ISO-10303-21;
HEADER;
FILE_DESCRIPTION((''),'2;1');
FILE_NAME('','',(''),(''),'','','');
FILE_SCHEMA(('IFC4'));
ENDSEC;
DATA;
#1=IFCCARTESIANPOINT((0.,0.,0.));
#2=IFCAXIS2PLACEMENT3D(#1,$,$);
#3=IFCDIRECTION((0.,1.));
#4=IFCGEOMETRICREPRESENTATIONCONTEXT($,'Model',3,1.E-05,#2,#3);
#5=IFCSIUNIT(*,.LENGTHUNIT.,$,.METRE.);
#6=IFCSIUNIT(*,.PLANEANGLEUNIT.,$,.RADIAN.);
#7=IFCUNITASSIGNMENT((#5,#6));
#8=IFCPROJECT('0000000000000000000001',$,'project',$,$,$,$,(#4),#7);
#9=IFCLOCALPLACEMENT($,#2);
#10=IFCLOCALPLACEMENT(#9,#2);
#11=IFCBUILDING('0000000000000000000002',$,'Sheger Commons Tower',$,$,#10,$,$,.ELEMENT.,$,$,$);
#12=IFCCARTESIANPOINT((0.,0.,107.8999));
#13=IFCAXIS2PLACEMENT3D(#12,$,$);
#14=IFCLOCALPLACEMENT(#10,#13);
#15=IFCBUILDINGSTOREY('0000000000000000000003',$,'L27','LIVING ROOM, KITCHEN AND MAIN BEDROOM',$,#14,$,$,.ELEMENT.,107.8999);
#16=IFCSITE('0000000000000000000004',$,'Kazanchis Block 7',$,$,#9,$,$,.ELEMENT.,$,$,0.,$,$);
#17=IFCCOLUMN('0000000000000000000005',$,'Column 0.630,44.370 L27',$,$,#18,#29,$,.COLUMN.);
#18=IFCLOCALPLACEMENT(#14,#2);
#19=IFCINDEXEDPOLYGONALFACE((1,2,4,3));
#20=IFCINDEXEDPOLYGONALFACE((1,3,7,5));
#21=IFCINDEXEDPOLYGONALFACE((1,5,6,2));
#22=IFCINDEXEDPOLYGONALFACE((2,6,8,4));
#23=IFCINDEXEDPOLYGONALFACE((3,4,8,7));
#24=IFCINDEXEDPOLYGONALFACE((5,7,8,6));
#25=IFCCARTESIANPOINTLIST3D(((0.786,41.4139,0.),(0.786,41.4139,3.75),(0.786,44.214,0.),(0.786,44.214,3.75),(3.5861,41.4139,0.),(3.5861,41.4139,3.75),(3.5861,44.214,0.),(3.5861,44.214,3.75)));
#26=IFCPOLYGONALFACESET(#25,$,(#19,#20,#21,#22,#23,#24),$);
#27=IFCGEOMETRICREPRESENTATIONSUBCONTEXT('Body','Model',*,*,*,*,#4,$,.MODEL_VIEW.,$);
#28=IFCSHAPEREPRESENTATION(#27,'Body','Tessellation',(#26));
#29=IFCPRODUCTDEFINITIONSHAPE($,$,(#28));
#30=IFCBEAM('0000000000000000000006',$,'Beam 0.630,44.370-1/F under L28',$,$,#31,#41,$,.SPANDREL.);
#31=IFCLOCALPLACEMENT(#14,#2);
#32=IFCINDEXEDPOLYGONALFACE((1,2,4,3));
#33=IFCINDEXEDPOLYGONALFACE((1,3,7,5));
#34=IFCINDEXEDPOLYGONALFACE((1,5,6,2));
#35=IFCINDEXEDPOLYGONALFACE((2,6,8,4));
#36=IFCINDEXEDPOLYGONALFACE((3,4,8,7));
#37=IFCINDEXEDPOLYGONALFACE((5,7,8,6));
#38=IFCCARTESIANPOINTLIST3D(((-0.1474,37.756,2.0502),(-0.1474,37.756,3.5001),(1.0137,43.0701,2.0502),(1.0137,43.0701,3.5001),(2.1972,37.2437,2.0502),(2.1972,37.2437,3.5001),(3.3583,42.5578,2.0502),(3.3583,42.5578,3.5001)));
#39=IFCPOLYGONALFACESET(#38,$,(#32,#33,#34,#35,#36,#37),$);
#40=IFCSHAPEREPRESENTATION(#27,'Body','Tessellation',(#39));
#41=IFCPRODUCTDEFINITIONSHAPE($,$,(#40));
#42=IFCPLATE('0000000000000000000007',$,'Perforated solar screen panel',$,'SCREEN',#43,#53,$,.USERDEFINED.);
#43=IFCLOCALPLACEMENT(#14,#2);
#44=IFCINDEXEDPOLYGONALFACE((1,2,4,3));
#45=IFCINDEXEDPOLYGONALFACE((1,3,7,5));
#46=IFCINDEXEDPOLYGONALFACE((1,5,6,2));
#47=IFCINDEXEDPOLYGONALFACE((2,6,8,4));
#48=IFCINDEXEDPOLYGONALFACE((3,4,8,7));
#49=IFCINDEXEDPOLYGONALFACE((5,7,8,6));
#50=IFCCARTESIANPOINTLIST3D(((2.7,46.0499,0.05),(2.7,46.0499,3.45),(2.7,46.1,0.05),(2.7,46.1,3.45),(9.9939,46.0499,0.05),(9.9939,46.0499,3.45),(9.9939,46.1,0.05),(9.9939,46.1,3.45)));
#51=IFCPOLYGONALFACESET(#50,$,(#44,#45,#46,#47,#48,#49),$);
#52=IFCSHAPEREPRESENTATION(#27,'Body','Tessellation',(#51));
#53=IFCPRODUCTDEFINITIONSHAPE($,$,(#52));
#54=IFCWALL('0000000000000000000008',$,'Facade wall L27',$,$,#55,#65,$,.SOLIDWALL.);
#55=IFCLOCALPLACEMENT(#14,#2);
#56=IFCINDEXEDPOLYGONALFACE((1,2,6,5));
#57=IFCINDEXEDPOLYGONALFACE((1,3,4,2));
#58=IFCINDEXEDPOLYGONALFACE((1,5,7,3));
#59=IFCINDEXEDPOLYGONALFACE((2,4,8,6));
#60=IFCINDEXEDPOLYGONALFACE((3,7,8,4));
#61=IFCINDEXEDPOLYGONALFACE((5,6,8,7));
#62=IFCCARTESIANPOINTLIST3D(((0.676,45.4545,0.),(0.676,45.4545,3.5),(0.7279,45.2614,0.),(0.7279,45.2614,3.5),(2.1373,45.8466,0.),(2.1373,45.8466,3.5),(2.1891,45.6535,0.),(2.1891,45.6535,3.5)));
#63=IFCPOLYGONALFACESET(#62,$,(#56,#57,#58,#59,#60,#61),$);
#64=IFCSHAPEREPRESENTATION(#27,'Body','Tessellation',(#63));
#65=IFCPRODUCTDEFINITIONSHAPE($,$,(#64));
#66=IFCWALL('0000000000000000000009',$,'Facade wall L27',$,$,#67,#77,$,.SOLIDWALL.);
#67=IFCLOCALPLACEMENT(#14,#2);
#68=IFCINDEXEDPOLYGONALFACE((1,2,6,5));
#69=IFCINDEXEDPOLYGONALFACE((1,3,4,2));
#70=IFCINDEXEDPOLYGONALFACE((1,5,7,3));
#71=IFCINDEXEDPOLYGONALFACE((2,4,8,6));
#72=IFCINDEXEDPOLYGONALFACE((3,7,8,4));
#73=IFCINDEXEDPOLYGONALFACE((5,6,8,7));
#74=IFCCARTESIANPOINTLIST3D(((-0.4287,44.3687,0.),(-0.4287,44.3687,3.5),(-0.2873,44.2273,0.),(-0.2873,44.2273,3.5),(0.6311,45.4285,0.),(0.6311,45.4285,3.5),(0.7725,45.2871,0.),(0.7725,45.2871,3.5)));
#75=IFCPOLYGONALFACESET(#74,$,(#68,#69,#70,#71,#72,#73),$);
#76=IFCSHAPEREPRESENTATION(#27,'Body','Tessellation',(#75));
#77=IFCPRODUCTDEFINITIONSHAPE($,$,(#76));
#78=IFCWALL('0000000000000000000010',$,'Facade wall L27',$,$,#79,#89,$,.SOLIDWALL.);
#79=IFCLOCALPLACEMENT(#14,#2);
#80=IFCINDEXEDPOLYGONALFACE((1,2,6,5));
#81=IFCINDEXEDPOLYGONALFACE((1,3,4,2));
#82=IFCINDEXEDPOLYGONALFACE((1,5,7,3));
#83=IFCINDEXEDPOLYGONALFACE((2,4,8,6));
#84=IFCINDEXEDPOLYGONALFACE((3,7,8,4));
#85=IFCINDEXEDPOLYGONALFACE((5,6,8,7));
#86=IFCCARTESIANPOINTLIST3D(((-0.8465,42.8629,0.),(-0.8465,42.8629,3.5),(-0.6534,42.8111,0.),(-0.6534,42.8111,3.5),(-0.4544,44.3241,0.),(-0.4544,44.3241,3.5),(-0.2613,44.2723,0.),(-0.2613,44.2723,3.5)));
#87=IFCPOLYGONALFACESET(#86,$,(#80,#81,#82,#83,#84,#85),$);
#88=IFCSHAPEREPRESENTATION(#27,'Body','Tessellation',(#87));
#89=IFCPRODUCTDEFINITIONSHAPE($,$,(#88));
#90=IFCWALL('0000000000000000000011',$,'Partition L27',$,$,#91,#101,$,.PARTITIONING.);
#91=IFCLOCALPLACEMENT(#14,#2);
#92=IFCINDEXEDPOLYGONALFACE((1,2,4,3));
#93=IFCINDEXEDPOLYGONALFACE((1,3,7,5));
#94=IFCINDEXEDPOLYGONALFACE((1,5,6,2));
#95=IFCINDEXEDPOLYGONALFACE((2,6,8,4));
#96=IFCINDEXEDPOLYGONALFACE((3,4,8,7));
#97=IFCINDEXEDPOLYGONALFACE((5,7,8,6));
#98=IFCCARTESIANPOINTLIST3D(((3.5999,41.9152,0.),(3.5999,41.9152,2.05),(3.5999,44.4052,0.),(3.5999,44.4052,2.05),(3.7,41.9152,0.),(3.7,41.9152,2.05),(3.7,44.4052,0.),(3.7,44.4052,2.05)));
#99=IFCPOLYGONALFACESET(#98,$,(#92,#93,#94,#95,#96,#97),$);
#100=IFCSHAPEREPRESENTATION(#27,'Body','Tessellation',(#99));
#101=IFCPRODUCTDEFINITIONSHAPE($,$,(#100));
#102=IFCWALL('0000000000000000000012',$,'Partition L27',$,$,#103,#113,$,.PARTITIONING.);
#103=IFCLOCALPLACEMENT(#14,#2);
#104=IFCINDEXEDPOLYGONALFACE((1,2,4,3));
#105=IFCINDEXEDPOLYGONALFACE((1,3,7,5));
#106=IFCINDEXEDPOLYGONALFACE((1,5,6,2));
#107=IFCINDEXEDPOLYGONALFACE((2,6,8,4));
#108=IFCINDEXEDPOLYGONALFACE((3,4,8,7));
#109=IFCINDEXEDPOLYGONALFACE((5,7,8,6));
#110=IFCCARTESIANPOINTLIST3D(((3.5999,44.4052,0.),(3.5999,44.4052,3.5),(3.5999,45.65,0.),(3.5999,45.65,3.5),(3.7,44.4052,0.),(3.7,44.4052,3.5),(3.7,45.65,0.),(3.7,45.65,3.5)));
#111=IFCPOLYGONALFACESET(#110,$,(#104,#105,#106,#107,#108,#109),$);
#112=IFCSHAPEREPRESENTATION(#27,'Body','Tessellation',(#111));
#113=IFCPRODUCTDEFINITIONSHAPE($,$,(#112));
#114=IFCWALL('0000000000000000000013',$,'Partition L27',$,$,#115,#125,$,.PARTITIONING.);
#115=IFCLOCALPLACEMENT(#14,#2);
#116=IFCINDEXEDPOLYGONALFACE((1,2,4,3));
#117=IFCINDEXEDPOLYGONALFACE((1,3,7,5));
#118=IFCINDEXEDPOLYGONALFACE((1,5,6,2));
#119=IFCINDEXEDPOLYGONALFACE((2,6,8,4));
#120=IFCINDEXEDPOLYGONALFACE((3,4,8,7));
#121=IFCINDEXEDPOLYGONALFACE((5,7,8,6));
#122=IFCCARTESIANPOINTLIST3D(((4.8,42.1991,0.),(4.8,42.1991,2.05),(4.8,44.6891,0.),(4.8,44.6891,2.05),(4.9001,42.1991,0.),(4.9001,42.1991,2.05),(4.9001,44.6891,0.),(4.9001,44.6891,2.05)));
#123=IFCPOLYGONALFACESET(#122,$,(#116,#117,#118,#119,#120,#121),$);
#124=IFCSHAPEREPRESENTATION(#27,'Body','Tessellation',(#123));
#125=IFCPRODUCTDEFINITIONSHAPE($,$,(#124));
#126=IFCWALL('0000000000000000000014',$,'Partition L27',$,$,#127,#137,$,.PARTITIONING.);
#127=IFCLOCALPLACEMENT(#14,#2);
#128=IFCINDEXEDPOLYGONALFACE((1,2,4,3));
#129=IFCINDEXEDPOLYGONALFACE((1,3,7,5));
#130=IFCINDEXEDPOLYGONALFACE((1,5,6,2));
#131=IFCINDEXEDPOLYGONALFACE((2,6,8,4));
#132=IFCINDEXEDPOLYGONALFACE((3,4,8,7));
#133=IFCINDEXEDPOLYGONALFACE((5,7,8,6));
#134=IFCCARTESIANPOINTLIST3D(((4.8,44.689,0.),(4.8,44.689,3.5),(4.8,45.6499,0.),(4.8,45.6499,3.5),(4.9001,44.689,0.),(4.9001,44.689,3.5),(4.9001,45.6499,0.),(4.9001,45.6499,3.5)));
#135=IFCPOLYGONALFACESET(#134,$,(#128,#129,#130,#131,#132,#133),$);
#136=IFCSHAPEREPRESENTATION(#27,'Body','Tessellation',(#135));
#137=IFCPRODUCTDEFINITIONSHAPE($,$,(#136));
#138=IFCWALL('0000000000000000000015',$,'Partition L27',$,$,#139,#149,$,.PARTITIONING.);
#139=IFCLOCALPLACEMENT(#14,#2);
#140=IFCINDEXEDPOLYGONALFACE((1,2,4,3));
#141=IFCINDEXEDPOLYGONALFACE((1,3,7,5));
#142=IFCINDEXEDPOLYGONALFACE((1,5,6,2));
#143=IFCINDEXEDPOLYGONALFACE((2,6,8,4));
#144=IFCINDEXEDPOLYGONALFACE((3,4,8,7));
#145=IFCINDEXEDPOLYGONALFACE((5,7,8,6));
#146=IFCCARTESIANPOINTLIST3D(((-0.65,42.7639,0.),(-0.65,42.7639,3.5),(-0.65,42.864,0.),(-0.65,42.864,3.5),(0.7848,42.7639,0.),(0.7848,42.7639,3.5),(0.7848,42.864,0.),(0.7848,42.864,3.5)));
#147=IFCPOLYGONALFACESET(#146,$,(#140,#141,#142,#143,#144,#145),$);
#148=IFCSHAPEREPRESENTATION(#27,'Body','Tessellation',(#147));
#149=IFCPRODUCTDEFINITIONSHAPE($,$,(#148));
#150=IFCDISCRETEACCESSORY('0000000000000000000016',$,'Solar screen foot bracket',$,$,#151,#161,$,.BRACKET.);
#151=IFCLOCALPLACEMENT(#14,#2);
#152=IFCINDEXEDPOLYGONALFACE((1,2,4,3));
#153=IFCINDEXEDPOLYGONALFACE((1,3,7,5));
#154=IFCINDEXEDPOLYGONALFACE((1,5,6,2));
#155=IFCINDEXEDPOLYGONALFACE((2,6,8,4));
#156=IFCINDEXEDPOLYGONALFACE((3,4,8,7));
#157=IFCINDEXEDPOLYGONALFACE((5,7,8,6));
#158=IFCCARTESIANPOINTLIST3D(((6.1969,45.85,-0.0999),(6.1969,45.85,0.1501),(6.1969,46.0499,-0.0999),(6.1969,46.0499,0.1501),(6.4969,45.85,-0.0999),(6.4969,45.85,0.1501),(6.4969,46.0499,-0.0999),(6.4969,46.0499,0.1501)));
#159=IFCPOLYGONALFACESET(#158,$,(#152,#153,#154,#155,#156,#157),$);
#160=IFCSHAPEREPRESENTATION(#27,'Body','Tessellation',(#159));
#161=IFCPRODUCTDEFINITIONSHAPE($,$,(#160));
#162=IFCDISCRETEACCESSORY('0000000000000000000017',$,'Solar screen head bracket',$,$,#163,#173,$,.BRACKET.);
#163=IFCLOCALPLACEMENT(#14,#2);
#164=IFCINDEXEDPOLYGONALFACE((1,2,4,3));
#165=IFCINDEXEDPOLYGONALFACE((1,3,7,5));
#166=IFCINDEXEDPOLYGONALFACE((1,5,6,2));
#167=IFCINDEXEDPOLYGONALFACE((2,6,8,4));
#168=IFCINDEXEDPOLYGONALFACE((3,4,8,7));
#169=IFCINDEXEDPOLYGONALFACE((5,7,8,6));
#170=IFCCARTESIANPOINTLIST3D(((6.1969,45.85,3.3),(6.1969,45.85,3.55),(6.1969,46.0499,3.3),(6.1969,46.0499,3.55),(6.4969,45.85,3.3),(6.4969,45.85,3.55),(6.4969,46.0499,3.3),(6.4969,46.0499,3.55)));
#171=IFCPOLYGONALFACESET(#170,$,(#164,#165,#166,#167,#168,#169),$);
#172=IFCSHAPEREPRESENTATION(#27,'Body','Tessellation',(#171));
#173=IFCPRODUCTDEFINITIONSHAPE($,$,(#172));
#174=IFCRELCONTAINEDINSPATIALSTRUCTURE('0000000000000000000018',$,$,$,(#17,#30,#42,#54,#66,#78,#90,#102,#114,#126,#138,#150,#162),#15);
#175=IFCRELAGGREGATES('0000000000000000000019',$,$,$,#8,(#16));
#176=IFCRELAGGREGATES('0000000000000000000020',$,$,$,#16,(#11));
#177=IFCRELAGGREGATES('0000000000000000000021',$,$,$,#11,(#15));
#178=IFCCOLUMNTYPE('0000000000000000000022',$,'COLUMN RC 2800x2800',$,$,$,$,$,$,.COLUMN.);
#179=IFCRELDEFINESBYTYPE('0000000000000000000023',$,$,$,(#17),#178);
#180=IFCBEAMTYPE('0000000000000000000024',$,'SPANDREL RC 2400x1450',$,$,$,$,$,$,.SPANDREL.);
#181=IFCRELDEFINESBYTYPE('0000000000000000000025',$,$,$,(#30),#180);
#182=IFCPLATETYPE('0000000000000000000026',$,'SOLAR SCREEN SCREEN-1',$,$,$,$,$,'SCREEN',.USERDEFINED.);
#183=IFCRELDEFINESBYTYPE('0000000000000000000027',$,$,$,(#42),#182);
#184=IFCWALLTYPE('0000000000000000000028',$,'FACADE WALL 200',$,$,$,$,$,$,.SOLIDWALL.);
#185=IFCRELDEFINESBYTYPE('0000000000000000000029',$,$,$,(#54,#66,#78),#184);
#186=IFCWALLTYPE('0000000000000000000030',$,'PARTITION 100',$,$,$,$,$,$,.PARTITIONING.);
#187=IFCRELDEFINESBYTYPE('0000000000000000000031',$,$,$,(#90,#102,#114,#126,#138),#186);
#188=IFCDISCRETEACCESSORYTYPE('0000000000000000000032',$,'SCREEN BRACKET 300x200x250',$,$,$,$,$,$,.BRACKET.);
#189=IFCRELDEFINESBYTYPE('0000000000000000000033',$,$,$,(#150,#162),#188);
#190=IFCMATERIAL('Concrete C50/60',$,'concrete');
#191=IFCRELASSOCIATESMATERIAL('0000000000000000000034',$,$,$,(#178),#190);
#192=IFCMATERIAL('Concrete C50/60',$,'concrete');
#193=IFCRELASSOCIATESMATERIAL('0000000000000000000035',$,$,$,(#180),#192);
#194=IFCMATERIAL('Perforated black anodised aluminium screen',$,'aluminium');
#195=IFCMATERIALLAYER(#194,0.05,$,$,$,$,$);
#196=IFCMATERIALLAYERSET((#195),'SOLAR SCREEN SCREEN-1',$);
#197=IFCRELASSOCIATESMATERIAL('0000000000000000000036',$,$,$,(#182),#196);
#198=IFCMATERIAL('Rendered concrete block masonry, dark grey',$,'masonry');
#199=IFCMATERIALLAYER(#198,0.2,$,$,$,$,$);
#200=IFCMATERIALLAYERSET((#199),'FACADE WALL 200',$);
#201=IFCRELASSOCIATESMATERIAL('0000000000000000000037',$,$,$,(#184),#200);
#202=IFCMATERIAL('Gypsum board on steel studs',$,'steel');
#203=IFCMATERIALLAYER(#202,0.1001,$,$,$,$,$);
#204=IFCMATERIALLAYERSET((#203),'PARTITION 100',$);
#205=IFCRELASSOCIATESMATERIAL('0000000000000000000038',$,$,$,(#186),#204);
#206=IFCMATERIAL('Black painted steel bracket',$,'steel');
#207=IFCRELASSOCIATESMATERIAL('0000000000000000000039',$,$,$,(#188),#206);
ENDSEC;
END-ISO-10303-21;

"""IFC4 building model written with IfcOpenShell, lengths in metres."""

from ifc_helpers import new_model, si_unit, direction, frame, frame_2d, origin, origin_2d, place, context, subcontext, project, spatial, rectangle, extrude, material, layer, layer_set, material_profile, profile_set, type_object, element, save


model = new_model("IFC4")

# Units and contexts
model_context = context("Model", 3, precision=1e-05, world=origin(), true_north=direction((0.0, 1.0)))
body_context = subcontext(model_context, "Body", "Model", "MODEL_VIEW")
ifc_project = project(units=[si_unit("LENGTHUNIT", "METRE"), si_unit("PLANEANGLEUNIT", "RADIAN")], contexts=[model_context])

# Site, building, storey
site_placement = place(None, origin())
site = spatial("IfcSite", under=ifc_project, at=site_placement, Name="Kazanchis Block 7", CompositionType="ELEMENT", RefElevation=0.0)
building_placement = place(site_placement, origin())
building = spatial("IfcBuilding", under=site, at=building_placement, Name="Sheger Commons Tower", CompositionType="ELEMENT")
storey_placement = place(building_placement, frame((0.0, 0.0, 107.8999)))
storey = spatial("IfcBuildingStorey", under=building, at=storey_placement, Name="L27", Description="LIVING ROOM, KITCHEN AND MAIN BEDROOM", CompositionType="ELEMENT", Elevation=107.8999)

# Column
ifc_material_1 = material(Name="Concrete C50/60", Category="concrete")
ifc_material_profile_1 = material_profile(ifc_material_1, rectangle(XDim=2.8, YDim=2.8, at=origin_2d()), Name="RC 2800x2800")
ifc_profile_set_1 = profile_set([ifc_material_profile_1], Name="Concrete C50/60")
column_type = type_object("IfcColumnType", Name="COLUMN RC 2800x2800", PredefinedType="COLUMN", material=ifc_profile_set_1)
column_placement = place(storey_placement, frame((2.186, 42.814, 0.0), z_axis=(0.0, 0.0, 1.0), x_axis=(1.0, 0.0, 0.0)))
element("IfcColumn", 1, at=column_placement, inside=storey, type_object=column_type, Name="Column 0.630,44.370 L27", PredefinedType="COLUMN", context=body_context, shape_type="SweptSolid", body=[
    extrude(rectangle(XDim=2.8, YDim=2.8, at=origin_2d()), origin(), (0.0, 0.0, 1.0), 3.75),
])

# Beam
ifc_material_2 = material(Name="Concrete C50/60", Category="concrete")
ifc_material_profile_2 = material_profile(ifc_material_2, rectangle(XDim=2.3999, YDim=1.45, at=origin_2d()), Name="RC 2400x1450")
ifc_profile_set_2 = profile_set([ifc_material_profile_2], Name="Concrete C50/60")
beam_type = type_object("IfcBeamType", Name="SPANDREL RC 2400x1450", PredefinedType="SPANDREL", material=ifc_profile_set_2)
beam_placement = place(storey_placement, frame((2.186, 42.814, 2.7751), z_axis=(-0.213469, -0.97695, 0.0), x_axis=(0.97695, -0.213469, 0.0)))
element("IfcBeam", 2, at=beam_placement, inside=storey, type_object=beam_type, Name="Beam 0.630,44.370-1/F under L28", PredefinedType="SPANDREL", context=body_context, shape_type="SweptSolid", body=[
    extrude(rectangle(XDim=2.3999, YDim=1.45, at=origin_2d()), origin(), (0.0, 0.0, 1.0), 5.4395),
])

# Plate
ifc_material_3 = material(Name="Perforated black anodised aluminium screen", Category="aluminium")
ifc_layer_1 = layer(ifc_material_3, 0.05)
ifc_layer_set_1 = layer_set([ifc_layer_1], Name="SOLAR SCREEN SCREEN-1")
plate_type = type_object("IfcPlateType", Name="SOLAR SCREEN SCREEN-1", ElementType="SCREEN", PredefinedType="USERDEFINED", material=ifc_layer_set_1)
plate_placement = place(storey_placement, frame((6.3469, 46.075, 0.05), z_axis=(0.0, 0.0, 1.0), x_axis=(-1.0, 0.0, 0.0)))
element("IfcPlate", 3, at=plate_placement, inside=storey, type_object=plate_type, Name="Perforated solar screen panel", ObjectType="SCREEN", PredefinedType="USERDEFINED", context=body_context, shape_type="SweptSolid", body=[
    extrude(rectangle(XDim=7.2939, YDim=0.05, at=origin_2d()), origin(), (0.0, 0.0, 1.0), 3.3999),
])

# Walls
ifc_material_4 = material(Name="Rendered concrete block masonry, dark grey", Category="masonry")
ifc_layer_2 = layer(ifc_material_4, 0.2)
ifc_layer_set_2 = layer_set([ifc_layer_2], Name="FACADE WALL 200")
wall_type_1 = type_object("IfcWallType", Name="FACADE WALL 200", PredefinedType="SOLIDWALL", material=ifc_layer_set_2)
wall_1_placement = place(storey_placement, frame((2.1631, 45.75, 0.0), z_axis=(0.0, 0.0, 1.0), x_axis=(-0.965832, -0.259169, 0.0)))
element("IfcWall", 4, at=wall_1_placement, inside=storey, type_object=wall_type_1, Name="Facade wall L27", PredefinedType="SOLIDWALL", context=body_context, shape_type="SweptSolid", body=[
    extrude(rectangle(XDim=1.5129, YDim=0.2, at=frame_2d((0.7563, 0.0))), origin(), (0.0, 0.0, 1.0), 3.5),
])
wall_2_placement = place(storey_placement, frame((0.7019, 45.3579, 0.0), z_axis=(0.0, 0.0, 1.0), x_axis=(-0.707107, -0.707107, 0.0)))
element("IfcWall", 5, at=wall_2_placement, inside=storey, type_object=wall_type_1, Name="Facade wall L27", PredefinedType="SOLIDWALL", context=body_context, shape_type="SweptSolid", body=[
    extrude(rectangle(XDim=1.4988, YDim=0.2, at=frame_2d((0.7495, 0.0))), origin(), (0.0, 0.0, 1.0), 3.5),
])
wall_3_placement = place(storey_placement, frame((-0.3579, 44.2981, 0.0), z_axis=(0.0, 0.0, 1.0), x_axis=(-0.259169, -0.965832, 0.0)))
element("IfcWall", 6, at=wall_3_placement, inside=storey, type_object=wall_type_1, Name="Facade wall L27", PredefinedType="SOLIDWALL", context=body_context, shape_type="SweptSolid", body=[
    extrude(rectangle(XDim=1.5129, YDim=0.2, at=frame_2d((0.7563, 0.0))), origin(), (0.0, 0.0, 1.0), 3.5),
])

# Walls
ifc_material_5 = material(Name="Gypsum board on steel studs", Category="steel")
ifc_layer_3 = layer(ifc_material_5, 0.1001)
ifc_layer_set_3 = layer_set([ifc_layer_3], Name="PARTITION 100")
wall_type_2 = type_object("IfcWallType", Name="PARTITION 100", PredefinedType="PARTITIONING", material=ifc_layer_set_3)
wall_4_placement = place(storey_placement, frame((3.6499, 41.915, 0.0), z_axis=(0.0, 0.0, 1.0), x_axis=(0.0, 1.0, 0.0)))
element("IfcWall", 7, at=wall_4_placement, inside=storey, type_object=wall_type_2, Name="Partition L27", PredefinedType="PARTITIONING", context=body_context, shape_type="SweptSolid", body=[
    extrude(rectangle(XDim=2.49, YDim=0.1001, at=frame_2d((1.2451, 0.0))), origin(), (0.0, 0.0, 1.0), 2.05),
])
wall_5_placement = place(storey_placement, frame((3.6499, 44.405, 0.0), z_axis=(0.0, 0.0, 1.0), x_axis=(0.0, 1.0, 0.0)))
element("IfcWall", 8, at=wall_5_placement, inside=storey, type_object=wall_type_2, Name="Partition L27", PredefinedType="PARTITIONING", context=body_context, shape_type="SweptSolid", body=[
    extrude(rectangle(XDim=1.2449, YDim=0.1001, at=frame_2d((0.6226, 0.0))), origin(), (0.0, 0.0, 1.0), 3.5),
])
wall_6_placement = place(storey_placement, frame((4.8501, 42.199, 0.0), z_axis=(0.0, 0.0, 1.0), x_axis=(0.0, 1.0, 0.0)))
element("IfcWall", 9, at=wall_6_placement, inside=storey, type_object=wall_type_2, Name="Partition L27", PredefinedType="PARTITIONING", context=body_context, shape_type="SweptSolid", body=[
    extrude(rectangle(XDim=2.49, YDim=0.1001, at=frame_2d((1.2451, 0.0))), origin(), (0.0, 0.0, 1.0), 2.05),
])
wall_7_placement = place(storey_placement, frame((4.8501, 44.689, 0.0), z_axis=(0.0, 0.0, 1.0), x_axis=(0.0, 1.0, 0.0)))
element("IfcWall", 10, at=wall_7_placement, inside=storey, type_object=wall_type_2, Name="Partition L27", PredefinedType="PARTITIONING", context=body_context, shape_type="SweptSolid", body=[
    extrude(rectangle(XDim=0.9609, YDim=0.1001, at=frame_2d((0.4805, 0.0))), origin(), (0.0, 0.0, 1.0), 3.5),
])
wall_8_placement = place(storey_placement, frame((-0.6499, 42.814, 0.0), z_axis=(0.0, 0.0, 1.0), x_axis=(1.0, 0.0, 0.0)))
element("IfcWall", 11, at=wall_8_placement, inside=storey, type_object=wall_type_2, Name="Partition L27", PredefinedType="PARTITIONING", context=body_context, shape_type="SweptSolid", body=[
    extrude(rectangle(XDim=1.4348, YDim=0.1001, at=frame_2d((0.7173, 0.0))), origin(), (0.0, 0.0, 1.0), 3.5),
])

# Discrete accessories
ifc_material_6 = material(Name="Black painted steel bracket", Category="steel")
discrete_accessory_type = type_object("IfcDiscreteAccessoryType", Name="SCREEN BRACKET 300x200x250", PredefinedType="BRACKET", material=ifc_material_6)
for number, where, z_axis, x_axis, name in (
    (12, (6.3469, 45.95, -0.0999), (0.0, 0.0, 1.0), (-1.0, 0.0, 0.0), "Solar screen foot bracket"),
    (13, (6.3469, 45.95, 3.3), (0.0, 0.0, 1.0), (-1.0, 0.0, 0.0), "Solar screen head bracket"),
):
    element("IfcDiscreteAccessory", number, at=place(storey_placement, frame(where, z_axis=z_axis, x_axis=x_axis)), inside=storey, type_object=discrete_accessory_type, Name=name, PredefinedType="BRACKET", context=body_context, shape_type="SweptSolid", body=[
        extrude(rectangle(XDim=0.3, YDim=0.2, at=origin_2d()), origin(), (0.0, 0.0, 1.0), 0.25),
    ])

save(model, "model.ifc")
